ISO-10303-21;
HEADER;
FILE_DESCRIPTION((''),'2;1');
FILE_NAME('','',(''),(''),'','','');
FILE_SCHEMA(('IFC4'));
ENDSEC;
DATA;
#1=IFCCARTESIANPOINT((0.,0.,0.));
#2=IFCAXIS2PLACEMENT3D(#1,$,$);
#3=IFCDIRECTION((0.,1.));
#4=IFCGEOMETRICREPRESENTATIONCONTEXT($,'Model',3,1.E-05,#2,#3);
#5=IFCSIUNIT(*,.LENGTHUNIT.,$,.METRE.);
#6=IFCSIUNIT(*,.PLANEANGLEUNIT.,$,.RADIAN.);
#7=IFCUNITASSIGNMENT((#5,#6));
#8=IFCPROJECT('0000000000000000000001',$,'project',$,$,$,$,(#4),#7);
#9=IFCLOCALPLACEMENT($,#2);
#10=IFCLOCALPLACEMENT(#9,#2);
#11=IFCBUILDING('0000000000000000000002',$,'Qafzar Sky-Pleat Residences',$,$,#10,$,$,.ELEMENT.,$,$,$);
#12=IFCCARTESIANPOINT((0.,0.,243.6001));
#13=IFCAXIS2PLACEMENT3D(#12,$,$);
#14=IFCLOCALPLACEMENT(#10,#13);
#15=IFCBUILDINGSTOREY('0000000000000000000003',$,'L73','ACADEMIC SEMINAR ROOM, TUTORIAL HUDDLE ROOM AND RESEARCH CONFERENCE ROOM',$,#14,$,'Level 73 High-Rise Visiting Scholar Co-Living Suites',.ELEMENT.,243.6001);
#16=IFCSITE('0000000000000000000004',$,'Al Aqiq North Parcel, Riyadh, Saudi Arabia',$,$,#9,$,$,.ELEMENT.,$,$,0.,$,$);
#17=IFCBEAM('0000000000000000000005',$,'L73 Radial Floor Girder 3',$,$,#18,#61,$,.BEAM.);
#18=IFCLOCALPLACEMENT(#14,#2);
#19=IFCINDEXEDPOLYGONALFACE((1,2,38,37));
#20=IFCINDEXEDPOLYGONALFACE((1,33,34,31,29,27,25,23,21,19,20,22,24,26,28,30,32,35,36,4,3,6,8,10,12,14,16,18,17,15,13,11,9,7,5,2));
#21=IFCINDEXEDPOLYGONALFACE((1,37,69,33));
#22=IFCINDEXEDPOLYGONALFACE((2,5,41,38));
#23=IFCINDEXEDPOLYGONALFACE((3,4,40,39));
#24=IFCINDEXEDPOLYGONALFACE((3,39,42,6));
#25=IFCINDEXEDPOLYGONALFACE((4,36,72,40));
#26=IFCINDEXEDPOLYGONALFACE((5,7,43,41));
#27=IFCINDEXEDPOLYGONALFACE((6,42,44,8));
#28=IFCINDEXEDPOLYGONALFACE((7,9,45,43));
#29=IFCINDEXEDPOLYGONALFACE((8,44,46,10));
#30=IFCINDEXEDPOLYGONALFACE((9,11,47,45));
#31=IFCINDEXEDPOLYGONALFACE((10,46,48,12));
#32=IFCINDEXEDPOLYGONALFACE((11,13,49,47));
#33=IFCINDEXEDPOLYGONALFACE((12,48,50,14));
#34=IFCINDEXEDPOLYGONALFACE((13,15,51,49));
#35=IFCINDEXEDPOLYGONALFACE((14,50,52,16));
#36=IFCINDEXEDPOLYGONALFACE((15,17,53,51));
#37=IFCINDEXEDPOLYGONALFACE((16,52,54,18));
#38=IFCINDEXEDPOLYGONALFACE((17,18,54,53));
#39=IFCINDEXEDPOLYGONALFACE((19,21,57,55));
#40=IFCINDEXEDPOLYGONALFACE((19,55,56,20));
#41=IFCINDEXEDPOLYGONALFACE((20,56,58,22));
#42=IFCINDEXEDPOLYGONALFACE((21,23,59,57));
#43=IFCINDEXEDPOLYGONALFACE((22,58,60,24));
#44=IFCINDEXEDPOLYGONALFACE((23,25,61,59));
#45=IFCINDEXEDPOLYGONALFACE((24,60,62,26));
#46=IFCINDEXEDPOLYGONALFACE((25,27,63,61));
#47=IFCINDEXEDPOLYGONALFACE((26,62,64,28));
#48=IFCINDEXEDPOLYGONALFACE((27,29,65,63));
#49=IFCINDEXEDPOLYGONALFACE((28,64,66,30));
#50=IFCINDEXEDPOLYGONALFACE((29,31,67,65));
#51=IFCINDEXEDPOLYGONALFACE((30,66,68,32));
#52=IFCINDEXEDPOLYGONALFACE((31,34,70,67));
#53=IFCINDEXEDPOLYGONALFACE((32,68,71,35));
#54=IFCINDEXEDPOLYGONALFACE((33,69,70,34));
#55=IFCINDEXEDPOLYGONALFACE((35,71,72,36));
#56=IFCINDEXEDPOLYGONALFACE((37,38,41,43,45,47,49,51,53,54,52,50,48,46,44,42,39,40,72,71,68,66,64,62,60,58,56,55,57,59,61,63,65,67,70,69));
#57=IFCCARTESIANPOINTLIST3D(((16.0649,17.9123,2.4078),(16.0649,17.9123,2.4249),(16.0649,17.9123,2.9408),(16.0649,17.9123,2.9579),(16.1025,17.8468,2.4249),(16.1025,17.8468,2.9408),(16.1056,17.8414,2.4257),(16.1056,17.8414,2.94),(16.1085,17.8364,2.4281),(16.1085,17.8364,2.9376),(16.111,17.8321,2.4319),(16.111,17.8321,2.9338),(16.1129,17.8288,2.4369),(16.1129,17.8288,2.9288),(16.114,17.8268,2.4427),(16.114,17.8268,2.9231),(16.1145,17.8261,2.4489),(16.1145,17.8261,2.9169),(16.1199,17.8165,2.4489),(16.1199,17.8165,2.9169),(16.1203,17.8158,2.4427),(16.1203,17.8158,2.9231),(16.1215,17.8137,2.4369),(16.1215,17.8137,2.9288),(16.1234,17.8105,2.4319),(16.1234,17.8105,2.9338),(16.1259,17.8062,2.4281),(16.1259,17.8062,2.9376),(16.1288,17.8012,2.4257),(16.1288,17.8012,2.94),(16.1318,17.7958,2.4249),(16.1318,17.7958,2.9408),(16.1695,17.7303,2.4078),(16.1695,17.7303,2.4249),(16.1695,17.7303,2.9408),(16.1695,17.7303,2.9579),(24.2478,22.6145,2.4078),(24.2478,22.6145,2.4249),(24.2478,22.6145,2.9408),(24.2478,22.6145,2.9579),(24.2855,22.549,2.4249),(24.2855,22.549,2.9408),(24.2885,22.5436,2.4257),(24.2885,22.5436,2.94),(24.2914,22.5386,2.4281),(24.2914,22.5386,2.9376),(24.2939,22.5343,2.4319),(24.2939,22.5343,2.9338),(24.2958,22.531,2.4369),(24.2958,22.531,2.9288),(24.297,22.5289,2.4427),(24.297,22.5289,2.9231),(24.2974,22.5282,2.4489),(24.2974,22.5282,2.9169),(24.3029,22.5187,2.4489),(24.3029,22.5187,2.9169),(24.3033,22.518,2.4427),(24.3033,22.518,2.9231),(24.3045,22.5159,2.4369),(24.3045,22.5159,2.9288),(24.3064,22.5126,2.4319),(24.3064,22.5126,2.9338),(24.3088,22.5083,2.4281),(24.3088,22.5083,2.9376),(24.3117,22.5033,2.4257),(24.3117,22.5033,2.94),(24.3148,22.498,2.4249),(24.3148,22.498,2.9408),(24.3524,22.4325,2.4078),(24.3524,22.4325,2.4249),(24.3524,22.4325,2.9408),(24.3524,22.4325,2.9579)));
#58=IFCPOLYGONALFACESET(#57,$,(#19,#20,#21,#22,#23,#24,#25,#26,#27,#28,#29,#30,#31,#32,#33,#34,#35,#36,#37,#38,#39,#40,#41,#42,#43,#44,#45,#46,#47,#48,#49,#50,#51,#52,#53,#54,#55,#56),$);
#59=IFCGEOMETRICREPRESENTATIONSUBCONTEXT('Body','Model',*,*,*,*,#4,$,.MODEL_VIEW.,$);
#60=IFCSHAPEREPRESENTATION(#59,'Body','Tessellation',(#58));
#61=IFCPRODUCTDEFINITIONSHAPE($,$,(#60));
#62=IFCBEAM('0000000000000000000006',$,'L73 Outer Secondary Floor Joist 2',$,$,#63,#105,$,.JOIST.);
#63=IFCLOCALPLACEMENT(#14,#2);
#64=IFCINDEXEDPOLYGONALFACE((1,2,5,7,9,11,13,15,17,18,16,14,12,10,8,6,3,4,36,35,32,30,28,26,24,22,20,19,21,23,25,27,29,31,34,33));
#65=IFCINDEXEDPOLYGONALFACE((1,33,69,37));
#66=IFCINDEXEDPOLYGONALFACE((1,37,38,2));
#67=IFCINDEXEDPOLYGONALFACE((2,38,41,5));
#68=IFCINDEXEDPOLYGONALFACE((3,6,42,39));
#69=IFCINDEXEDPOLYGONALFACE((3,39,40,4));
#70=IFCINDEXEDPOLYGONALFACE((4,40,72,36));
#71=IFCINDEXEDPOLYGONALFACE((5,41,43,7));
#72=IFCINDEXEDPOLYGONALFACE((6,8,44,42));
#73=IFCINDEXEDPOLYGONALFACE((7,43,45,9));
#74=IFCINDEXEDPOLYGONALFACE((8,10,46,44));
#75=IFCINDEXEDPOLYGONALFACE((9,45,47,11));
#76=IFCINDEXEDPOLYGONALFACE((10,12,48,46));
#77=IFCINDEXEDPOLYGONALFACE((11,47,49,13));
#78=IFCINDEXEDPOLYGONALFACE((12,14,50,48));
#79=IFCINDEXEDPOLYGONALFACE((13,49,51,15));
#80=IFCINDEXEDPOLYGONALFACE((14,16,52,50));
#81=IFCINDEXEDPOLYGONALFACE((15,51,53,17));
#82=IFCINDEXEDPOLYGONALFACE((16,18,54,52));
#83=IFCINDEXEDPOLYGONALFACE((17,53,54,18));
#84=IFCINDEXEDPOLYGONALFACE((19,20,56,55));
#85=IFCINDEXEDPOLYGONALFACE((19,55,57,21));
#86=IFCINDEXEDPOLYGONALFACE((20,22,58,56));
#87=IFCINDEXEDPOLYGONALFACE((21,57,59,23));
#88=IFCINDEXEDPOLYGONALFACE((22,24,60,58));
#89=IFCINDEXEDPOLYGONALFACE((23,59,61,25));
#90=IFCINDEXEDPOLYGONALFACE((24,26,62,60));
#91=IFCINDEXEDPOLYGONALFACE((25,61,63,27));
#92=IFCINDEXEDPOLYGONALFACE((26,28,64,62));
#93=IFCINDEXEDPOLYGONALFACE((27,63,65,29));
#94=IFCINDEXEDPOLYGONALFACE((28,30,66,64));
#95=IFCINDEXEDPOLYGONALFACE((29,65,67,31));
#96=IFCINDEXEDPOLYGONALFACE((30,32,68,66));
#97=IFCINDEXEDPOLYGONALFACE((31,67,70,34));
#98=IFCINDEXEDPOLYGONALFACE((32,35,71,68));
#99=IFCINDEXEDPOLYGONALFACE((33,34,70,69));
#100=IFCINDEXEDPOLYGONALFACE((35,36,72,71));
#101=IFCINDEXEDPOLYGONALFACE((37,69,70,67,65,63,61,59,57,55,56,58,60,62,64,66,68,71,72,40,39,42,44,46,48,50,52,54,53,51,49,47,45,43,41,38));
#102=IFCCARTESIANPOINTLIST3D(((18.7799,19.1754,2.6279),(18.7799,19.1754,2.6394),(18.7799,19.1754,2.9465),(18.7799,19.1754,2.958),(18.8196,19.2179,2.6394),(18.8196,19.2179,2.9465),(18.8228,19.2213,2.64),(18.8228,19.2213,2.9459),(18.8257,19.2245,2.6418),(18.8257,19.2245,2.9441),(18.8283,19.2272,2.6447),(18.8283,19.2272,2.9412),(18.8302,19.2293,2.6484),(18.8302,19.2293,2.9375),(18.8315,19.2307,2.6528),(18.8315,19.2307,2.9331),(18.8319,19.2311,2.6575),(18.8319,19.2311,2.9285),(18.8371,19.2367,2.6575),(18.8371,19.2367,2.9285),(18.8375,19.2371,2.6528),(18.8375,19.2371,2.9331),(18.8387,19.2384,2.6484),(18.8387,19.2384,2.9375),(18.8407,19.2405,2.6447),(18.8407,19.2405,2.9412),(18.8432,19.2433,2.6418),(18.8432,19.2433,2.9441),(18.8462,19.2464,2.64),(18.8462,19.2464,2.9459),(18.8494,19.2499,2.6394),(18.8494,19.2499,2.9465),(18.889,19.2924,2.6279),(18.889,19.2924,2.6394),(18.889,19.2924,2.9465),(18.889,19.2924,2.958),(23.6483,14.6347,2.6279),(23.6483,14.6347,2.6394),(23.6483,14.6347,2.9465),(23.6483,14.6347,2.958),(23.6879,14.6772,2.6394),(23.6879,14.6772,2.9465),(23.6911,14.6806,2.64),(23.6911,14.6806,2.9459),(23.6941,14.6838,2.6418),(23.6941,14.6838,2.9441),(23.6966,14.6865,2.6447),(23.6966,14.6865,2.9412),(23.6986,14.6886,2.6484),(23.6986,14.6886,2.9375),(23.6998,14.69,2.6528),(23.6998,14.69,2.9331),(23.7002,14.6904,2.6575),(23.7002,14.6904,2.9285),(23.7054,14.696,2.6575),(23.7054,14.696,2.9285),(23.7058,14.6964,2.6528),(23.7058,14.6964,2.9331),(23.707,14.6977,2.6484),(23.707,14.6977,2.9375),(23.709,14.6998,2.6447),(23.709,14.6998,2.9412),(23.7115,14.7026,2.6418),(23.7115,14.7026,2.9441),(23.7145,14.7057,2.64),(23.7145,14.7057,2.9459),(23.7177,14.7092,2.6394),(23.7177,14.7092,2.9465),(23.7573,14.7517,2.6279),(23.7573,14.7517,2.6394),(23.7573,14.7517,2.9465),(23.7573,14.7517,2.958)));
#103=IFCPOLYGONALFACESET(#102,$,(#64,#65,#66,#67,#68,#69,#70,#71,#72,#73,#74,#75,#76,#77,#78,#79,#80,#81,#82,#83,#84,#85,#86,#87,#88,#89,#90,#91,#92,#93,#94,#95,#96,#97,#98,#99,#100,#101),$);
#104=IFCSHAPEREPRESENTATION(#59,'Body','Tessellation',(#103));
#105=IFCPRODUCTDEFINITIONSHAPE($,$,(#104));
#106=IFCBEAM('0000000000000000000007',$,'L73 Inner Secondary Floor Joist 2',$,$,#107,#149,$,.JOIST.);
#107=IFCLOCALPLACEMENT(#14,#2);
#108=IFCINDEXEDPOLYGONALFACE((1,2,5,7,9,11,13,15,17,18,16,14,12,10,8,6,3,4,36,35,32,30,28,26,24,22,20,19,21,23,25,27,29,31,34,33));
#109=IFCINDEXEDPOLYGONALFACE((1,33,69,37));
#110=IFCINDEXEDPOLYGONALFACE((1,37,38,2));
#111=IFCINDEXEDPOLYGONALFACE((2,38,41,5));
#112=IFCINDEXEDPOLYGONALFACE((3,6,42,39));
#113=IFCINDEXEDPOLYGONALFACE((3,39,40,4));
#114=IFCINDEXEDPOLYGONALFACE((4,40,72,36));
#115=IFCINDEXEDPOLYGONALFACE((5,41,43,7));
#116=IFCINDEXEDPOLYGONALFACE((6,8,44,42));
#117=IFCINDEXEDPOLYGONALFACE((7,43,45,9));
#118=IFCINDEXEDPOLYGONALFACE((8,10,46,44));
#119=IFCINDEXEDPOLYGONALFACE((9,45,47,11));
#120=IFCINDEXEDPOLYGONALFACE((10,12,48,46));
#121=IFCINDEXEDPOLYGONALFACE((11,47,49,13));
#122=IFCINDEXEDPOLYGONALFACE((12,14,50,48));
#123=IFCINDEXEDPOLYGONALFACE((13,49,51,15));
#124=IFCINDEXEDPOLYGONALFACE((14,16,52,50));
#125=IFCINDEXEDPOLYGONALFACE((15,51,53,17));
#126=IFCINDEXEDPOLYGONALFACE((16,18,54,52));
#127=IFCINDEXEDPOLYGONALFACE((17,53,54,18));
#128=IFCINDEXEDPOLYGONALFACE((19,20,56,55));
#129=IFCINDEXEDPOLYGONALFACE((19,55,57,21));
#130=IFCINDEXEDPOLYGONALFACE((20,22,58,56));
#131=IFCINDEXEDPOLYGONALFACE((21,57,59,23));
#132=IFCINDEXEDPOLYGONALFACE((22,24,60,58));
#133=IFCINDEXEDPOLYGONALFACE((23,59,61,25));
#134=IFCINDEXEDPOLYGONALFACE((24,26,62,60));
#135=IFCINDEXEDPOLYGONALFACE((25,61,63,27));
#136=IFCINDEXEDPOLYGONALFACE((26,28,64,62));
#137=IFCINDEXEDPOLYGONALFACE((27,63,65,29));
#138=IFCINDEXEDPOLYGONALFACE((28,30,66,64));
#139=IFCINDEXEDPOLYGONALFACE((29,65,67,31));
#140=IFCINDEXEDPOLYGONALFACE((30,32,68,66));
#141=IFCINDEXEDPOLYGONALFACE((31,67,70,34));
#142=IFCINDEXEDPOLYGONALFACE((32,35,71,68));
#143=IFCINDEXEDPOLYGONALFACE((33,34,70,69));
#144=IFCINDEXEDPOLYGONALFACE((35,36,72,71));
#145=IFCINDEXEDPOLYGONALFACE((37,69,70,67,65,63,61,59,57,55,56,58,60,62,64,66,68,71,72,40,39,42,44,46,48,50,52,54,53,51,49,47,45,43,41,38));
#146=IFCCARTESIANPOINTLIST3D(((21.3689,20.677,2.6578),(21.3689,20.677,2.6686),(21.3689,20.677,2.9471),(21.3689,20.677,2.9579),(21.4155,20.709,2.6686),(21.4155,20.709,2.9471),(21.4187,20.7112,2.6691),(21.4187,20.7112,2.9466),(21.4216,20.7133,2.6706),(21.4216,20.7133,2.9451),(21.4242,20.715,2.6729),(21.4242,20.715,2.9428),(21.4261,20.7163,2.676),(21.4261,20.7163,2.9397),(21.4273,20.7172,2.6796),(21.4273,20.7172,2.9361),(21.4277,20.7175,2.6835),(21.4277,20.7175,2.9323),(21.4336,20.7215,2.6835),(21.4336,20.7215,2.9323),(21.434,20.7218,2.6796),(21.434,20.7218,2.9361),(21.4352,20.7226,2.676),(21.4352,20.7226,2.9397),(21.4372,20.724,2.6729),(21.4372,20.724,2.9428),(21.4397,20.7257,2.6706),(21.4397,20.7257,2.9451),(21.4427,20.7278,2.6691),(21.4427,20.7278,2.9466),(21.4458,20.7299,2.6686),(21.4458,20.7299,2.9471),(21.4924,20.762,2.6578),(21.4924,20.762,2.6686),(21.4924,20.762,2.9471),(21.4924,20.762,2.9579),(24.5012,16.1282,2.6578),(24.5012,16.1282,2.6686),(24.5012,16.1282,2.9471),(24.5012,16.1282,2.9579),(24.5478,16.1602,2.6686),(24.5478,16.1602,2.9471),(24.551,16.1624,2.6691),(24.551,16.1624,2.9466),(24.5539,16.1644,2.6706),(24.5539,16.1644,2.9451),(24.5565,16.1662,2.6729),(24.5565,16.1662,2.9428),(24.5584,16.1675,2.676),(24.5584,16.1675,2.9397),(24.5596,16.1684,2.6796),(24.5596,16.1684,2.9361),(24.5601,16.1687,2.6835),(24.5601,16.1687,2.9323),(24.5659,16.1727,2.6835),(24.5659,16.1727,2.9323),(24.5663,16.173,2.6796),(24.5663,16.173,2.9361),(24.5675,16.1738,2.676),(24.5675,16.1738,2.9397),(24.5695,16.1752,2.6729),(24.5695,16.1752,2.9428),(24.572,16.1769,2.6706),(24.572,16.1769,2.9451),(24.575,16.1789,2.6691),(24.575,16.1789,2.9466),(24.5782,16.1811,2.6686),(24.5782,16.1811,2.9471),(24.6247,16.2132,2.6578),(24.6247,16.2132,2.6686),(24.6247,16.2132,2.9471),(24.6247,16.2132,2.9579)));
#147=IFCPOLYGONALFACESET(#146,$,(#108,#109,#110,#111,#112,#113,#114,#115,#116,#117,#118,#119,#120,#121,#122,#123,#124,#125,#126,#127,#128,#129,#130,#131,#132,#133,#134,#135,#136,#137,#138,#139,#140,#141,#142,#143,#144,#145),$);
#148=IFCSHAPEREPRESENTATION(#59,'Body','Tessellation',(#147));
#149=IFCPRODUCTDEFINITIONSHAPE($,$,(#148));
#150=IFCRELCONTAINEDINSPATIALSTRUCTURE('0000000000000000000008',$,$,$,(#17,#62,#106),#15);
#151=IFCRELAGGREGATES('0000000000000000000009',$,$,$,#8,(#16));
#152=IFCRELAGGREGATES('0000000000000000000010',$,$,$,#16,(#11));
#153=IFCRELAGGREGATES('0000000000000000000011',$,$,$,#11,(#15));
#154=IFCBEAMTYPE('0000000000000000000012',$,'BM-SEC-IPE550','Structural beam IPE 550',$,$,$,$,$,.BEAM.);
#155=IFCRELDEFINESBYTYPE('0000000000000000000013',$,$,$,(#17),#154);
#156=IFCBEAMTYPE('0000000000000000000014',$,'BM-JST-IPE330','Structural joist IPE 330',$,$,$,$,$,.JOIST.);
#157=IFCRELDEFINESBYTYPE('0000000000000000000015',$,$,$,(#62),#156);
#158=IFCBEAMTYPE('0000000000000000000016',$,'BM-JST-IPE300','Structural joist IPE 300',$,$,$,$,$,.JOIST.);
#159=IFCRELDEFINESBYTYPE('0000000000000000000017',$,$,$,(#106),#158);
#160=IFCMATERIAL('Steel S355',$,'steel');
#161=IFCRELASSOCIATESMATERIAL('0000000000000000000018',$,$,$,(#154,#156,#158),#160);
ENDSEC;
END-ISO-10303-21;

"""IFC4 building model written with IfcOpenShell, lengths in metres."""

from ifc_helpers import new_model, si_unit, direction, frame, origin, origin_2d, place, context, subcontext, project, spatial, i_section, extrude, source, transform, mapped, material, material_profile, profile_set, type_object, element, save


model = new_model("IFC4")

# Units and contexts
model_context = context("Model", 3, precision=1e-05, world=origin(), true_north=direction((0.0, 1.0)))
body_context = subcontext(model_context, "Body", "Model", "MODEL_VIEW")
ifc_project = project(units=[si_unit("LENGTHUNIT", "METRE"), si_unit("PLANEANGLEUNIT", "RADIAN")], contexts=[model_context])

# Site, building, storey
site_placement = place(None, origin())
site = spatial("IfcSite", under=ifc_project, at=site_placement, Name="Al Aqiq North Parcel, Riyadh, Saudi Arabia", CompositionType="ELEMENT", RefElevation=0.0)
building_placement = place(site_placement, origin())
building = spatial("IfcBuilding", under=site, at=building_placement, Name="Qafzar Sky-Pleat Residences", CompositionType="ELEMENT")
storey_placement = place(building_placement, frame((0.0, 0.0, 243.6001)))
storey = spatial("IfcBuildingStorey", under=building, at=storey_placement, Name="L73", Description="ACADEMIC SEMINAR ROOM, TUTORIAL HUDDLE ROOM AND RESEARCH CONFERENCE ROOM", LongName="Level 73 High-Rise Visiting Scholar Co-Living Suites", CompositionType="ELEMENT", Elevation=243.6001)

# Beams
ifc_material_1 = material(Name="Steel S355", Category="steel")
ifc_material_profile_1 = material_profile(ifc_material_1, i_section(OverallWidth=0.21, OverallDepth=0.55, WebThickness=0.011, FlangeThickness=0.0171, FilletRadius=0.0239, at=origin_2d()), Name="IPE 550")
ifc_profile_set_1 = profile_set([ifc_material_profile_1], Name="Steel S355")
beam_type_1 = type_object("IfcBeamType", Name="BM-SEC-IPE550", Description="Structural beam IPE 550", PredefinedType="BEAM", material=ifc_profile_set_1)
shared_shape_1 = source(origin(), body_context, "Body", "SweptSolid", [
    extrude(i_section(OverallWidth=0.21, OverallDepth=0.55, WebThickness=0.011, FlangeThickness=0.0171, FilletRadius=0.0239, at=origin_2d()), origin(), (0.0, 0.0, 1.0), 9.4377),
])
beam_1_placement = place(storey_placement, frame((16.1172, 17.8213, 2.6829), z_axis=(0.867043, 0.498232, 0.0), x_axis=(-0.498232, 0.867043, 0.0)))
element("IfcBeam", 1, at=beam_1_placement, inside=storey, type_object=beam_type_1, Name="L73 Radial Floor Girder 3", PredefinedType="BEAM", context=body_context, shape_type="MappedRepresentation", body=[
    mapped(shared_shape_1, transform((0.0, 0.0, 0.0), x_axis=(1.0, 0.0, 0.0), y_axis=(0.0, 1.0, 0.0), z_axis=(0.0, 0.0, 1.0), scale=1.0)),
])
ifc_material_profile_2 = material_profile(ifc_material_1, i_section(OverallWidth=0.1599, OverallDepth=0.3301, WebThickness=0.0076, FlangeThickness=0.0115, FilletRadius=0.0181, at=origin_2d()), Name="IPE 330")
ifc_profile_set_2 = profile_set([ifc_material_profile_2], Name="Steel S355")
beam_type_2 = type_object("IfcBeamType", Name="BM-JST-IPE330", Description="Structural joist IPE 330", PredefinedType="JOIST", material=ifc_profile_set_2)
shared_shape_2 = source(origin(), body_context, "Body", "SweptSolid", [
    extrude(i_section(OverallWidth=0.1599, OverallDepth=0.3301, WebThickness=0.0076, FlangeThickness=0.0115, FilletRadius=0.0181, at=origin_2d()), origin(), (0.0, 0.0, 1.0), 6.6572),
])
beam_2_placement = place(storey_placement, frame((18.8345, 19.2339, 2.793), z_axis=(0.731286, -0.682071, 0.0), x_axis=(0.682071, 0.731286, 0.0)))
element("IfcBeam", 2, at=beam_2_placement, inside=storey, type_object=beam_type_2, Name="L73 Outer Secondary Floor Joist 2", PredefinedType="JOIST", context=body_context, shape_type="MappedRepresentation", body=[
    mapped(shared_shape_2, transform((0.0, 0.0, 0.0), x_axis=(1.0, 0.0, 0.0), y_axis=(0.0, 1.0, 0.0), z_axis=(0.0, 0.0, 1.0), scale=1.0)),
])
ifc_material_profile_3 = material_profile(ifc_material_1, i_section(OverallWidth=0.1499, OverallDepth=0.3, WebThickness=0.0071, FlangeThickness=0.0107, FilletRadius=0.0149, at=origin_2d()), Name="IPE 300")
ifc_profile_set_3 = profile_set([ifc_material_profile_3], Name="Steel S355")
beam_type_3 = type_object("IfcBeamType", Name="BM-JST-IPE300", Description="Structural joist IPE 300", PredefinedType="JOIST", material=ifc_profile_set_3)
shared_shape_3 = source(origin(), body_context, "Body", "SweptSolid", [
    extrude(i_section(OverallWidth=0.1499, OverallDepth=0.3, WebThickness=0.0071, FlangeThickness=0.0107, FilletRadius=0.0149, at=origin_2d()), origin(), (0.0, 0.0, 1.0), 5.5229),
])
beam_3_placement = place(storey_placement, frame((21.4307, 20.7195, 2.8079), z_axis=(0.567144, -0.823619, 0.0), x_axis=(0.823619, 0.567144, 0.0)))
element("IfcBeam", 3, at=beam_3_placement, inside=storey, type_object=beam_type_3, Name="L73 Inner Secondary Floor Joist 2", PredefinedType="JOIST", context=body_context, shape_type="MappedRepresentation", body=[
    mapped(shared_shape_3, transform((0.0, 0.0, 0.0), x_axis=(1.0, 0.0, 0.0), y_axis=(0.0, 1.0, 0.0), z_axis=(0.0, 0.0, 1.0), scale=1.0)),
])

save(model, "model.ifc")
